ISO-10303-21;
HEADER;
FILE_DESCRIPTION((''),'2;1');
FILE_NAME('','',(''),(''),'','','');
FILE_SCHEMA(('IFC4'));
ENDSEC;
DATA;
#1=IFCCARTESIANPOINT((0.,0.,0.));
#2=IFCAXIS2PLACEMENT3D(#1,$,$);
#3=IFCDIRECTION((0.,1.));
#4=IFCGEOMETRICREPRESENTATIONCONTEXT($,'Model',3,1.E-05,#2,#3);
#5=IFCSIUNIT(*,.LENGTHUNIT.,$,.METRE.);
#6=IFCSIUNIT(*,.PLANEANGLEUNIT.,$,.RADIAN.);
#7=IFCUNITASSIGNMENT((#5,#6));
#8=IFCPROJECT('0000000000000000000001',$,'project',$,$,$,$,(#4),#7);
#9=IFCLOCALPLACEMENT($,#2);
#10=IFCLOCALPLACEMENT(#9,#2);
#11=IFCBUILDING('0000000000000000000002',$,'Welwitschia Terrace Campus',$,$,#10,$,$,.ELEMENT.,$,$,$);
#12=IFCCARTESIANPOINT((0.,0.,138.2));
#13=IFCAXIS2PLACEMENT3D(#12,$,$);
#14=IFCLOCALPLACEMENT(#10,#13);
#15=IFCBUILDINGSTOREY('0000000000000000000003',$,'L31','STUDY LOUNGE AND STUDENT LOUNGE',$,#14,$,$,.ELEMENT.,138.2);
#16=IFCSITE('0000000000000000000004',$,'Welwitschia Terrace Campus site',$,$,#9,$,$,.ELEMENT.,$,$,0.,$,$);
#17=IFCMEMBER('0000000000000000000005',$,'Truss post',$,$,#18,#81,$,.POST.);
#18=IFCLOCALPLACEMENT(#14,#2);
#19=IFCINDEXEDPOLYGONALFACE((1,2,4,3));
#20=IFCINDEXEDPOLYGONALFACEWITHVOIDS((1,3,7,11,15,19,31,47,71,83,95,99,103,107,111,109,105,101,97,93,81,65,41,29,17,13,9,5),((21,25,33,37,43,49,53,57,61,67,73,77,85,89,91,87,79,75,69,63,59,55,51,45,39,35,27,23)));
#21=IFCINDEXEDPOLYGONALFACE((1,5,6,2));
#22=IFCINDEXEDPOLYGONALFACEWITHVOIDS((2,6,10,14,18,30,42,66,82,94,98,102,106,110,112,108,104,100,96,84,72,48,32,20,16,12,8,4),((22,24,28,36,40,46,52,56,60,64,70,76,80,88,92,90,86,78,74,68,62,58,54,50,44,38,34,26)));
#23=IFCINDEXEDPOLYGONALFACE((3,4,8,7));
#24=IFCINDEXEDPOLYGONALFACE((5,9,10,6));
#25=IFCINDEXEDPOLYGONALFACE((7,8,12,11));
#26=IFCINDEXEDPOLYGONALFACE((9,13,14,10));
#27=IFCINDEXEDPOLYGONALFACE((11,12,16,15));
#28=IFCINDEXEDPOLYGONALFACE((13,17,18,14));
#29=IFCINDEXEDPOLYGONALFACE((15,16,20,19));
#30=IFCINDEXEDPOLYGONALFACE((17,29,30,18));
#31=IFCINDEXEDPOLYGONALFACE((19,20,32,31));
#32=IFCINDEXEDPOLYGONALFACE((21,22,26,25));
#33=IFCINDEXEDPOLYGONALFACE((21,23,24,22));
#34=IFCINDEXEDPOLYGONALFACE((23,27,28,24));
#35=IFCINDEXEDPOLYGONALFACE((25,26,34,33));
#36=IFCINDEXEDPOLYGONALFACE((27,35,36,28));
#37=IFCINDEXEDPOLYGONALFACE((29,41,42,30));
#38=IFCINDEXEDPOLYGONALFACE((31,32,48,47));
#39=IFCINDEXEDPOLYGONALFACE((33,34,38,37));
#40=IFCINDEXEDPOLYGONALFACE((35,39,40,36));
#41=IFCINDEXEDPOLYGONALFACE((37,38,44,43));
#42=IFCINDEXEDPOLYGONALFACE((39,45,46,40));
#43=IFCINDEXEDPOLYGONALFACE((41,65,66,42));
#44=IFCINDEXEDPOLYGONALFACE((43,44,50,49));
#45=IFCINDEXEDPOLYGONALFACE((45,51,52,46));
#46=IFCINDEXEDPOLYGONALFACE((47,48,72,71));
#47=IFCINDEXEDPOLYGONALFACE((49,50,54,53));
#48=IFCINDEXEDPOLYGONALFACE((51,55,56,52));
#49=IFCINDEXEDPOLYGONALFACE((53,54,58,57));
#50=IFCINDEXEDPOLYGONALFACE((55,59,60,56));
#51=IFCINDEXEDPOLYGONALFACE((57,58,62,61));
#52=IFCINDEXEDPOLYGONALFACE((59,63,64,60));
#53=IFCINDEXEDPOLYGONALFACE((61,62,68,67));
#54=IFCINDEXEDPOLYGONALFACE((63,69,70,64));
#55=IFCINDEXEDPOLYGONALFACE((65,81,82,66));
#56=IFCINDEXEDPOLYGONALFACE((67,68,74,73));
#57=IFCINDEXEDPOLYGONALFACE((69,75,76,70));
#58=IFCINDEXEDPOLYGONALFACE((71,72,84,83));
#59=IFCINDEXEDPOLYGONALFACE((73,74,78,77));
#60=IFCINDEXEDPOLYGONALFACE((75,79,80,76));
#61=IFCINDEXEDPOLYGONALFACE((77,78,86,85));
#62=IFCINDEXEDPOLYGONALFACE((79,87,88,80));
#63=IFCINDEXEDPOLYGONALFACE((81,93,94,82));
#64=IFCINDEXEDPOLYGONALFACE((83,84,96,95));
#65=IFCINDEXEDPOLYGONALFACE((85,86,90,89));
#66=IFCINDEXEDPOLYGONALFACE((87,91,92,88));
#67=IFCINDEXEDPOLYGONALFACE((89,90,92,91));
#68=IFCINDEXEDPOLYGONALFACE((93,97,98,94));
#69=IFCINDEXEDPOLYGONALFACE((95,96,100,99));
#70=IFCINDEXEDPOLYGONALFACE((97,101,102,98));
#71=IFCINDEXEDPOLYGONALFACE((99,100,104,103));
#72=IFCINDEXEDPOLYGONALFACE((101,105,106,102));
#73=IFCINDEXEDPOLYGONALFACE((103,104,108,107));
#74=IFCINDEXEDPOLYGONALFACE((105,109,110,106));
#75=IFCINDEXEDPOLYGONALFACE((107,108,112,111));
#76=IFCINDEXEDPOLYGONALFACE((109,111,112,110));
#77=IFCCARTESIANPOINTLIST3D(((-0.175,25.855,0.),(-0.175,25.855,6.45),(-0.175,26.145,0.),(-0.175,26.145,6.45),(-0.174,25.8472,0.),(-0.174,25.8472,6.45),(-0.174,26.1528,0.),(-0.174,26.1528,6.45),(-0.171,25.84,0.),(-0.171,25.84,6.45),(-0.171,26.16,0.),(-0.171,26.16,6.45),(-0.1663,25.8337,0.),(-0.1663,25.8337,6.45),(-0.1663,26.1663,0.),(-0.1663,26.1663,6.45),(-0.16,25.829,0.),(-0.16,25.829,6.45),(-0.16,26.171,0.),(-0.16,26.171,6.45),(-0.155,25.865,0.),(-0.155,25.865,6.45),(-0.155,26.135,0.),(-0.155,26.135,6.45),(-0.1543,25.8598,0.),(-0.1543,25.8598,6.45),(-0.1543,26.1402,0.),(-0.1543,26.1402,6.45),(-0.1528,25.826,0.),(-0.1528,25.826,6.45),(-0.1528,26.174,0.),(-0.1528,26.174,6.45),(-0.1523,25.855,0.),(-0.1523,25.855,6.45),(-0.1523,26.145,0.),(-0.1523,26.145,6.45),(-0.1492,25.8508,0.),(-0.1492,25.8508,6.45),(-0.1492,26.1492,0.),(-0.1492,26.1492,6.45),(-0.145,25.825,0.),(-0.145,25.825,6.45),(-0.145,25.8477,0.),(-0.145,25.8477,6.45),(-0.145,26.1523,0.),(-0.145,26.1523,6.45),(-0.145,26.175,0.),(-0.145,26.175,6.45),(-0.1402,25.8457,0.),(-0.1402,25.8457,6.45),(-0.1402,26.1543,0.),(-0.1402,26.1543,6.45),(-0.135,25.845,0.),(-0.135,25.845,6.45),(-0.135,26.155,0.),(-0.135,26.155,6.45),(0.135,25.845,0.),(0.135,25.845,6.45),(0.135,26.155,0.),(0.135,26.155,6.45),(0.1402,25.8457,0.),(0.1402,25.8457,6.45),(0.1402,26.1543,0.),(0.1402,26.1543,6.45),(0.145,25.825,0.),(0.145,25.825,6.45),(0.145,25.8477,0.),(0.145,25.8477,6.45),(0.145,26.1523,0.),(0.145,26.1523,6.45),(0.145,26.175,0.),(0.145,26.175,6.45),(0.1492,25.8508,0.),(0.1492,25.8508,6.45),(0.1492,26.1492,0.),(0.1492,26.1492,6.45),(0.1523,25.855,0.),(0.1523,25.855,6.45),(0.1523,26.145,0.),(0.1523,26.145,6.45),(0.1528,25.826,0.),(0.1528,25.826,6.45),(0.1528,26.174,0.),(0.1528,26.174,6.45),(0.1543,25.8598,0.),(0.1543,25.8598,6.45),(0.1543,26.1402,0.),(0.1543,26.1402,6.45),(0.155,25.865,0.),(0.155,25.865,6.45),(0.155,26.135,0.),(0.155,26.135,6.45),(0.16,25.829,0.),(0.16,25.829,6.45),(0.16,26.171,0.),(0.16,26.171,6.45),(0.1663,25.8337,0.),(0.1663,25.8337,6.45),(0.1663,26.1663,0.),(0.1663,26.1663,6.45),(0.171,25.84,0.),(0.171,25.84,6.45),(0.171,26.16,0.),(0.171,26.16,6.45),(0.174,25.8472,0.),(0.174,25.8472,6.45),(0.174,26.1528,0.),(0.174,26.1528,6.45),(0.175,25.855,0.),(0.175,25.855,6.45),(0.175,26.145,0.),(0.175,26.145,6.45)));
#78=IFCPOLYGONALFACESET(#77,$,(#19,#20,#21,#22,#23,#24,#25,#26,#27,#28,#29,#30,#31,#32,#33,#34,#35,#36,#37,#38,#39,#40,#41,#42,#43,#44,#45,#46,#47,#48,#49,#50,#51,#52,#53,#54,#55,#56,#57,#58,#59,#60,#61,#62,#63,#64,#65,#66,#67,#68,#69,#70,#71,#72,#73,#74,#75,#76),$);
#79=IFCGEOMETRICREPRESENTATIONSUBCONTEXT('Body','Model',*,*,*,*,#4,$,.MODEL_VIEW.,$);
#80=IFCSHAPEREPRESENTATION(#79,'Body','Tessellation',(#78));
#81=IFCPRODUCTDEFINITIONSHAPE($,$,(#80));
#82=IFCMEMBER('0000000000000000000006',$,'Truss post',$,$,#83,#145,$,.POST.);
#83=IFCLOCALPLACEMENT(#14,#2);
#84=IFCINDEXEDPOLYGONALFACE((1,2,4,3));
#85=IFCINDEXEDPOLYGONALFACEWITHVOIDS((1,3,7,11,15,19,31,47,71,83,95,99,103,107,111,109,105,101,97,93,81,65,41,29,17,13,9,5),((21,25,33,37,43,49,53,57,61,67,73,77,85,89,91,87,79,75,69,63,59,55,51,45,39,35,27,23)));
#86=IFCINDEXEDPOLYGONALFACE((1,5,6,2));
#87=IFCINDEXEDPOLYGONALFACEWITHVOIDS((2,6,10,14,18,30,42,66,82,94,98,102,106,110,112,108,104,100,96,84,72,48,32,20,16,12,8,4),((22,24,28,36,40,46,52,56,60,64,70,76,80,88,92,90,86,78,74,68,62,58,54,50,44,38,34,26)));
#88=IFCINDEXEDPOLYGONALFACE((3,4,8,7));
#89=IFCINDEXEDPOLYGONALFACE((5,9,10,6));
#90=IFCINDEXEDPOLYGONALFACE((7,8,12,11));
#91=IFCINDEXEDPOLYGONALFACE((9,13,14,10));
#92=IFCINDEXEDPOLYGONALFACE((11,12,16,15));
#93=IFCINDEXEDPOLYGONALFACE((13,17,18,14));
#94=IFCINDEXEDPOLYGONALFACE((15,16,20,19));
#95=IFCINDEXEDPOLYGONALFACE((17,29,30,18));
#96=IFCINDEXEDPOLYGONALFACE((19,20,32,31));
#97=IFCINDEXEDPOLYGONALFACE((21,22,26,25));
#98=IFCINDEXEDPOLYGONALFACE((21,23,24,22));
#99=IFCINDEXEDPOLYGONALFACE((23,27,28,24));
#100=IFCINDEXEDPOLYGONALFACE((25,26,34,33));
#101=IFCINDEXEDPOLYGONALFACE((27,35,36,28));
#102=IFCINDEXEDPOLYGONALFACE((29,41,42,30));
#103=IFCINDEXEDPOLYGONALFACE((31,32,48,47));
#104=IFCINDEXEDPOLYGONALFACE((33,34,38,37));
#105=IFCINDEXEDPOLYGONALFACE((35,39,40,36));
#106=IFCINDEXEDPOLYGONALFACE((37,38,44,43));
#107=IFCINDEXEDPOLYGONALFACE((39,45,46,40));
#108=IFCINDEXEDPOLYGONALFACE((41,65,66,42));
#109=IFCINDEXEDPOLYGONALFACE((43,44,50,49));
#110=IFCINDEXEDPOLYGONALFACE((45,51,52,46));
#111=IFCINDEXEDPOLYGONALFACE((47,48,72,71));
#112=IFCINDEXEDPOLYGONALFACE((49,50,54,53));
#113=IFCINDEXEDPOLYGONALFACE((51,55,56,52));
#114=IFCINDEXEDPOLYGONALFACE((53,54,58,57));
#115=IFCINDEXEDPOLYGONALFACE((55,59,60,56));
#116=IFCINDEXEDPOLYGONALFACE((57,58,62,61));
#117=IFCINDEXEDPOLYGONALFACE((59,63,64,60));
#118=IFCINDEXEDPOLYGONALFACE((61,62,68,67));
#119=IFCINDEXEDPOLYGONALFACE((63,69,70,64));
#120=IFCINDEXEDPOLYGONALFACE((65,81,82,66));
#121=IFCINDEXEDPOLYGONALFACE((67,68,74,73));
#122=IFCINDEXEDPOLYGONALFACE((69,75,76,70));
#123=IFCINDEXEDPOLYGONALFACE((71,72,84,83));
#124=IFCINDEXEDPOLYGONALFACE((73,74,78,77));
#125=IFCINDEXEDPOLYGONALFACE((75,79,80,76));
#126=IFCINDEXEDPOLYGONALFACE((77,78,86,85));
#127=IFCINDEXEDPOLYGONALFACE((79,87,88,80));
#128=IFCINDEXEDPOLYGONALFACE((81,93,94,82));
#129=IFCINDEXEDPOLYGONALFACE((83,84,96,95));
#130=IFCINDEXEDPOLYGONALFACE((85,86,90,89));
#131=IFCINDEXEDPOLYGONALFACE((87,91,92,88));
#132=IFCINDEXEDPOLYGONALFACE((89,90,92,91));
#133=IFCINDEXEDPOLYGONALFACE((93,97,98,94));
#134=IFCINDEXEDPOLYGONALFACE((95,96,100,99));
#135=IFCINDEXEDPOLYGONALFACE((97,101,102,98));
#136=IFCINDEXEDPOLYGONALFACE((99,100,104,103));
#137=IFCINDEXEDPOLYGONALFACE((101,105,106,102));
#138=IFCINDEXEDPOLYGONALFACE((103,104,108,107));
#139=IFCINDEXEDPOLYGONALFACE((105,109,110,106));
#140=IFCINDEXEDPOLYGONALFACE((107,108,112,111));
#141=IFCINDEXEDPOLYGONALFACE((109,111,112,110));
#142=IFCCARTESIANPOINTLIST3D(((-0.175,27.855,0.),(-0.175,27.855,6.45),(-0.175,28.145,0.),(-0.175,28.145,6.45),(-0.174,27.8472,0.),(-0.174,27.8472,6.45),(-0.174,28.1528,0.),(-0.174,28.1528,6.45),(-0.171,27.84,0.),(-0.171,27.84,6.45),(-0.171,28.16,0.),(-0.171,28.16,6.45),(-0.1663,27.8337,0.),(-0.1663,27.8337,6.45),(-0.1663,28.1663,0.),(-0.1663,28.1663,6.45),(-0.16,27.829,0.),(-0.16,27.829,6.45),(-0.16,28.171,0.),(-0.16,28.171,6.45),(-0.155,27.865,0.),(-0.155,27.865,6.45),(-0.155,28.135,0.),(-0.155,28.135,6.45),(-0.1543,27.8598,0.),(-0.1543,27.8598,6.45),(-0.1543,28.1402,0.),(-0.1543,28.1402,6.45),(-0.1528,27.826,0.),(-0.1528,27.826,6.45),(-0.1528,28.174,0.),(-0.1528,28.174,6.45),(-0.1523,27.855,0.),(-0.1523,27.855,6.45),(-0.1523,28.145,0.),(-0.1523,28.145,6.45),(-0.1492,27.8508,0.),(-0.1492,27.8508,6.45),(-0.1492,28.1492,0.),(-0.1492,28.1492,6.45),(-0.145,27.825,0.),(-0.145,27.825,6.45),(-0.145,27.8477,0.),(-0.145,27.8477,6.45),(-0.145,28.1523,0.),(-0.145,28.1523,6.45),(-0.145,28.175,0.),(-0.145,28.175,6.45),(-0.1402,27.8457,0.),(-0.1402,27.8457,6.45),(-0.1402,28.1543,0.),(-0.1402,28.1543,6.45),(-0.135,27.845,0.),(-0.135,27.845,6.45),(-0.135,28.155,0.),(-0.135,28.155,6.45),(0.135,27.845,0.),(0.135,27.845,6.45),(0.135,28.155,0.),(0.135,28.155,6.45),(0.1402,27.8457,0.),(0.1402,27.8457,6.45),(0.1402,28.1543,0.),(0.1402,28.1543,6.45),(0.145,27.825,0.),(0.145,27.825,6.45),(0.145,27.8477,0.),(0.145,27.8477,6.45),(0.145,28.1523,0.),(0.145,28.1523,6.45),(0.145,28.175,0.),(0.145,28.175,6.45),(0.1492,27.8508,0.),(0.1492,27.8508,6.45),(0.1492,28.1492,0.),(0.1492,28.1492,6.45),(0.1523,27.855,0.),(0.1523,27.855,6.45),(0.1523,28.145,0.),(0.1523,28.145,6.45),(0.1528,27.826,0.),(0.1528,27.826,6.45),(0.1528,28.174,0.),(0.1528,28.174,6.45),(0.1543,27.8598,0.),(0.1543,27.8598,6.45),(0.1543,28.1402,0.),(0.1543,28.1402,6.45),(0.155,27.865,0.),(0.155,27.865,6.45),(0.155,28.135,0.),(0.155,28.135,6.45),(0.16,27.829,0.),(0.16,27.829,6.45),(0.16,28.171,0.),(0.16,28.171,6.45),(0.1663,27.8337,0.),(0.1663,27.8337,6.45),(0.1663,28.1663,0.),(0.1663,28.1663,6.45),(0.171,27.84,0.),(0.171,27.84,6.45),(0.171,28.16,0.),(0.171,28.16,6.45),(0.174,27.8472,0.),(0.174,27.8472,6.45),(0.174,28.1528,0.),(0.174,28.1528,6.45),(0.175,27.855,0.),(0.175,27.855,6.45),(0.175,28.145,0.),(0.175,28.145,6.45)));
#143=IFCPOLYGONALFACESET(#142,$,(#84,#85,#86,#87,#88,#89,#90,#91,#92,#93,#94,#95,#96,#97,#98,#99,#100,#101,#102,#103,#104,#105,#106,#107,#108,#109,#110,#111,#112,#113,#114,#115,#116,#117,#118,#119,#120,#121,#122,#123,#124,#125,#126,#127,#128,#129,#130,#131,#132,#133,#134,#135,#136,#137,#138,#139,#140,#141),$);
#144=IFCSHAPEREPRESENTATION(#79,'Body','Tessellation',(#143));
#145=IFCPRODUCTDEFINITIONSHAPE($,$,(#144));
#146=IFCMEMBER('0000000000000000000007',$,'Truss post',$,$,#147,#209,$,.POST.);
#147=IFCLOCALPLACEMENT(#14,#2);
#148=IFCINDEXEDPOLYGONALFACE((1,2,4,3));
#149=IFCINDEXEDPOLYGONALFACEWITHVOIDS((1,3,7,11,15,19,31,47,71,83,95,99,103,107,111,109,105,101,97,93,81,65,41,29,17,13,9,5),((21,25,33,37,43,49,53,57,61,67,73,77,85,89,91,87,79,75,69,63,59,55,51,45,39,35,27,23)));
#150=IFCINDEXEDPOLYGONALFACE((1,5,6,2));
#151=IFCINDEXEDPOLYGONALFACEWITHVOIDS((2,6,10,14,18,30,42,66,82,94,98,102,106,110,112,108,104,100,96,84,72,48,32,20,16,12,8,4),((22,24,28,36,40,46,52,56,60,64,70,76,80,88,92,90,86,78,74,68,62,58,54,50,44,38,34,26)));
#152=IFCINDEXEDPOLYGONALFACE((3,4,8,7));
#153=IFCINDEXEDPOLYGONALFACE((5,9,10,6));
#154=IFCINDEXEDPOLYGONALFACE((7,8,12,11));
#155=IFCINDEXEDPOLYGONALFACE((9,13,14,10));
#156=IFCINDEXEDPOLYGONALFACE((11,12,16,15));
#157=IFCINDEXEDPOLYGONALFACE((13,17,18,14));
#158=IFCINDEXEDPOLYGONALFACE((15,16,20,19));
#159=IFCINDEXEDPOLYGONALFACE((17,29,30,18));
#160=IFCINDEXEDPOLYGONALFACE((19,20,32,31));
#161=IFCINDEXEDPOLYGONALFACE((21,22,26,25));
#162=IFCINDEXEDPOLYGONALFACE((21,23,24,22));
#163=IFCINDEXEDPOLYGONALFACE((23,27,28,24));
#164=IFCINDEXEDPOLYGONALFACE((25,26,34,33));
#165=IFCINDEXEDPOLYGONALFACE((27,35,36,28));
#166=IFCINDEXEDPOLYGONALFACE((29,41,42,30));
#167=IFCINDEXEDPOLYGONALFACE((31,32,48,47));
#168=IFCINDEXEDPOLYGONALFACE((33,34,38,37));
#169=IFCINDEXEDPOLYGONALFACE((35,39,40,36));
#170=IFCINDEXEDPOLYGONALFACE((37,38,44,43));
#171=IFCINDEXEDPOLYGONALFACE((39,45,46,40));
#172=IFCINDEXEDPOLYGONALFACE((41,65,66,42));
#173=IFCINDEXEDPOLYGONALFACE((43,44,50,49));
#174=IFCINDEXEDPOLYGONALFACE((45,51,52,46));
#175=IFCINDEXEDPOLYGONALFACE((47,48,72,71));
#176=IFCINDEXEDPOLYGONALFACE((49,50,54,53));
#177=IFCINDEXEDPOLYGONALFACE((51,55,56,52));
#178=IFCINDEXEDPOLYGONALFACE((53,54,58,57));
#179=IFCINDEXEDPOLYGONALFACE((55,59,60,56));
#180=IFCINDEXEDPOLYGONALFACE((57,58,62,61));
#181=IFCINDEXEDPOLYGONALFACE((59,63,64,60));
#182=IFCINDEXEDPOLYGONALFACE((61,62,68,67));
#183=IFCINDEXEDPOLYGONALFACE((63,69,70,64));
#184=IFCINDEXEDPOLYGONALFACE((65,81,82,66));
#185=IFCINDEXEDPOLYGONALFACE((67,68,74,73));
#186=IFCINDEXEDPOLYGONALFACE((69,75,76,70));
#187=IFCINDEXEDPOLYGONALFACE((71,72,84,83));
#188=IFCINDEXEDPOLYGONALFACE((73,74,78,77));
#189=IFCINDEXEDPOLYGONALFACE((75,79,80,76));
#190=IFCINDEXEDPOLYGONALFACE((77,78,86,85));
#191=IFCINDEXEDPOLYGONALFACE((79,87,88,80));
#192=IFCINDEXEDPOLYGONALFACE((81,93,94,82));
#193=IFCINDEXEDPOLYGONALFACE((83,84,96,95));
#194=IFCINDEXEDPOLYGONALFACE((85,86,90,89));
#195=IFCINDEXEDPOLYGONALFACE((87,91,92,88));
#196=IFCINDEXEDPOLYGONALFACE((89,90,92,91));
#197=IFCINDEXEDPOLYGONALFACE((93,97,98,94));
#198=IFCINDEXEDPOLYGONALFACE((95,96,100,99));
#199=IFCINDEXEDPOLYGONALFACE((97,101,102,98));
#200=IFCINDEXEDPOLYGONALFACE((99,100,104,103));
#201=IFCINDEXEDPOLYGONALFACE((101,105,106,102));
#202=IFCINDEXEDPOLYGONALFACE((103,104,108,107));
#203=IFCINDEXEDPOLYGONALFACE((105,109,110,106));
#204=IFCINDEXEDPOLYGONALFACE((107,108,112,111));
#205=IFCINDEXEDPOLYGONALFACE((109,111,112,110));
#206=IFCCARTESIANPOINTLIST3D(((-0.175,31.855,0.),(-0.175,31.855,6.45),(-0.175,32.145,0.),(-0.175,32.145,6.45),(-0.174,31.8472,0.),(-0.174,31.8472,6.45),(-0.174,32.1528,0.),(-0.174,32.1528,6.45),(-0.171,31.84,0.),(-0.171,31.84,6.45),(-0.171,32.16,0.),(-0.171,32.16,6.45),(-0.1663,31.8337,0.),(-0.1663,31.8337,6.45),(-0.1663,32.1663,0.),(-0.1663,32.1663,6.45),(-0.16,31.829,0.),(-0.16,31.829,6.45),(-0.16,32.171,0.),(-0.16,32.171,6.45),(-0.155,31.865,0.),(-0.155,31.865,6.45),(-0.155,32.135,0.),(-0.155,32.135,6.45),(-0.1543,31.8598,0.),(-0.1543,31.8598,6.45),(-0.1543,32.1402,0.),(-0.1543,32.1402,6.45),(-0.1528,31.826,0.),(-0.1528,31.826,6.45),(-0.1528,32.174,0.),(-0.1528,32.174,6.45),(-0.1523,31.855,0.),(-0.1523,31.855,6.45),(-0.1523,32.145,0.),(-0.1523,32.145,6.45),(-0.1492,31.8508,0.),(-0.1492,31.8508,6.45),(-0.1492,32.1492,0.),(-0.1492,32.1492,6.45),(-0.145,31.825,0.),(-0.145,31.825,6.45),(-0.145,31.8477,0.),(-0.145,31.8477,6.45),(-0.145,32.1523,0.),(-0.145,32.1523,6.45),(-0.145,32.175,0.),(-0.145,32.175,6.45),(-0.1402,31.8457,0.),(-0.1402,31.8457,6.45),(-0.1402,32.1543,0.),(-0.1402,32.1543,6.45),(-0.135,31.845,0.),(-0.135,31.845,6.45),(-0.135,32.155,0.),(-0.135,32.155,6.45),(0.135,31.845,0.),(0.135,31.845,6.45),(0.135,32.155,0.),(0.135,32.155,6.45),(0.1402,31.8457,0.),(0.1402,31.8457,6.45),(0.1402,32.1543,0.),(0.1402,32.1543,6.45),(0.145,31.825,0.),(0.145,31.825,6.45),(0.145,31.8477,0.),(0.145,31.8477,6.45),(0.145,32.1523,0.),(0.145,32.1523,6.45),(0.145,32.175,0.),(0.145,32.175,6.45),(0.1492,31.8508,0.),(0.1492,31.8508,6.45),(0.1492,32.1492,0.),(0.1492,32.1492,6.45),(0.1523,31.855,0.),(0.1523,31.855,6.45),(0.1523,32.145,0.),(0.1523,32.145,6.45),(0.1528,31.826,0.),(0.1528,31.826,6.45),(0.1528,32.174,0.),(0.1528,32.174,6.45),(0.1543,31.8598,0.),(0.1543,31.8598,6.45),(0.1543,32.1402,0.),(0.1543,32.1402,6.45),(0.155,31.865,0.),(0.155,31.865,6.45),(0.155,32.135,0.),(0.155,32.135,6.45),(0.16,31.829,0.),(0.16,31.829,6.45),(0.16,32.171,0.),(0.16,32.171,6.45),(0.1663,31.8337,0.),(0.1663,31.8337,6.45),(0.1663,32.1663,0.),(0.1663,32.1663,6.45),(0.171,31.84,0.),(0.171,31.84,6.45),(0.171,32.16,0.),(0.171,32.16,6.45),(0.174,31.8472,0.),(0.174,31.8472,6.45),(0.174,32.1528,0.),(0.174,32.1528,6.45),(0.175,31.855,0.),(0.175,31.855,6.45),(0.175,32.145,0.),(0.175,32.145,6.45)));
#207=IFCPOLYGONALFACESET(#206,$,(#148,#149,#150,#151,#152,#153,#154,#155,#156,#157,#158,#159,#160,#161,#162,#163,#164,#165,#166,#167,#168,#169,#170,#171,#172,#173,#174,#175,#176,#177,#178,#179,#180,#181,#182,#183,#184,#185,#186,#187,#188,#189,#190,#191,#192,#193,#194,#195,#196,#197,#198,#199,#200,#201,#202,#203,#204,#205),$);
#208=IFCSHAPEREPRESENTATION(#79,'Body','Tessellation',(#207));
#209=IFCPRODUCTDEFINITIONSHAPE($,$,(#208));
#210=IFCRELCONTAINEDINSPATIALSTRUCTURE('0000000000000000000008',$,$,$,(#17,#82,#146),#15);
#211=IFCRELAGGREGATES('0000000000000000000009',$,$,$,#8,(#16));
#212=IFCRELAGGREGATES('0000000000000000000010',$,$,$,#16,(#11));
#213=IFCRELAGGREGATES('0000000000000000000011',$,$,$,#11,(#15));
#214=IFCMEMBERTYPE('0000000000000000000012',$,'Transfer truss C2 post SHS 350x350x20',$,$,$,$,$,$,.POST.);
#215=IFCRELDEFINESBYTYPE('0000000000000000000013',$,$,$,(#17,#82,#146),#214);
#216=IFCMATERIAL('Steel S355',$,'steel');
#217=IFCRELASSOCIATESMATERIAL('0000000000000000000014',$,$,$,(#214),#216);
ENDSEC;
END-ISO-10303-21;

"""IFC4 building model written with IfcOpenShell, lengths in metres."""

from ifc_helpers import new_model, si_unit, direction, frame, origin, origin_2d, place, context, subcontext, project, spatial, hollow_rectangle, extrude, material, material_profile, profile_set, type_object, element, save


model = new_model("IFC4")

# Units and contexts
model_context = context("Model", 3, precision=1e-05, world=origin(), true_north=direction((0.0, 1.0)))
body_context = subcontext(model_context, "Body", "Model", "MODEL_VIEW")
ifc_project = project(units=[si_unit("LENGTHUNIT", "METRE"), si_unit("PLANEANGLEUNIT", "RADIAN")], contexts=[model_context])

# Site, building, storey
site_placement = place(None, origin())
site = spatial("IfcSite", under=ifc_project, at=site_placement, Name="Welwitschia Terrace Campus site", CompositionType="ELEMENT", RefElevation=0.0)
building_placement = place(site_placement, origin())
building = spatial("IfcBuilding", under=site, at=building_placement, Name="Welwitschia Terrace Campus", CompositionType="ELEMENT")
storey_placement = place(building_placement, frame((0.0, 0.0, 138.2)))
storey = spatial("IfcBuildingStorey", under=building, at=storey_placement, Name="L31", Description="STUDY LOUNGE AND STUDENT LOUNGE", CompositionType="ELEMENT", Elevation=138.2)

# Members
ifc_material_1 = material(Name="Steel S355", Category="steel")
ifc_material_profile_1 = material_profile(ifc_material_1, hollow_rectangle(XDim=0.3501, YDim=0.3501, WallThickness=0.02, InnerFilletRadius=0.02, OuterFilletRadius=0.03, at=origin_2d()))
ifc_profile_set_1 = profile_set([ifc_material_profile_1], Name="Steel S355")
member_type_1 = type_object("IfcMemberType", Name="Transfer truss C2 post SHS 350x350x20", PredefinedType="POST", material=ifc_profile_set_1)
for number, where, z_axis, x_axis, name in (
    (1, (0.0, 26.0, 0.0), (0.0, 0.0, 1.0), (1.0, 0.0, 0.0), "Truss post"),
    (2, (0.0, 28.0, 0.0), (0.0, 0.0, 1.0), (1.0, 0.0, 0.0), "Truss post"),
    (3, (0.0, 32.0, 0.0), (0.0, 0.0, 1.0), (1.0, 0.0, 0.0), "Truss post"),
):
    element("IfcMember", number, at=place(storey_placement, frame(where, z_axis=z_axis, x_axis=x_axis)), inside=storey, type_object=member_type_1, Name=name, PredefinedType="POST", context=body_context, shape_type="SweptSolid", body=[
        extrude(hollow_rectangle(XDim=0.3501, YDim=0.3501, WallThickness=0.02, InnerFilletRadius=0.02, OuterFilletRadius=0.03, at=origin_2d()), origin(), (0.0, 0.0, 1.0), 6.45),
    ])

save(model, "model.ifc")
